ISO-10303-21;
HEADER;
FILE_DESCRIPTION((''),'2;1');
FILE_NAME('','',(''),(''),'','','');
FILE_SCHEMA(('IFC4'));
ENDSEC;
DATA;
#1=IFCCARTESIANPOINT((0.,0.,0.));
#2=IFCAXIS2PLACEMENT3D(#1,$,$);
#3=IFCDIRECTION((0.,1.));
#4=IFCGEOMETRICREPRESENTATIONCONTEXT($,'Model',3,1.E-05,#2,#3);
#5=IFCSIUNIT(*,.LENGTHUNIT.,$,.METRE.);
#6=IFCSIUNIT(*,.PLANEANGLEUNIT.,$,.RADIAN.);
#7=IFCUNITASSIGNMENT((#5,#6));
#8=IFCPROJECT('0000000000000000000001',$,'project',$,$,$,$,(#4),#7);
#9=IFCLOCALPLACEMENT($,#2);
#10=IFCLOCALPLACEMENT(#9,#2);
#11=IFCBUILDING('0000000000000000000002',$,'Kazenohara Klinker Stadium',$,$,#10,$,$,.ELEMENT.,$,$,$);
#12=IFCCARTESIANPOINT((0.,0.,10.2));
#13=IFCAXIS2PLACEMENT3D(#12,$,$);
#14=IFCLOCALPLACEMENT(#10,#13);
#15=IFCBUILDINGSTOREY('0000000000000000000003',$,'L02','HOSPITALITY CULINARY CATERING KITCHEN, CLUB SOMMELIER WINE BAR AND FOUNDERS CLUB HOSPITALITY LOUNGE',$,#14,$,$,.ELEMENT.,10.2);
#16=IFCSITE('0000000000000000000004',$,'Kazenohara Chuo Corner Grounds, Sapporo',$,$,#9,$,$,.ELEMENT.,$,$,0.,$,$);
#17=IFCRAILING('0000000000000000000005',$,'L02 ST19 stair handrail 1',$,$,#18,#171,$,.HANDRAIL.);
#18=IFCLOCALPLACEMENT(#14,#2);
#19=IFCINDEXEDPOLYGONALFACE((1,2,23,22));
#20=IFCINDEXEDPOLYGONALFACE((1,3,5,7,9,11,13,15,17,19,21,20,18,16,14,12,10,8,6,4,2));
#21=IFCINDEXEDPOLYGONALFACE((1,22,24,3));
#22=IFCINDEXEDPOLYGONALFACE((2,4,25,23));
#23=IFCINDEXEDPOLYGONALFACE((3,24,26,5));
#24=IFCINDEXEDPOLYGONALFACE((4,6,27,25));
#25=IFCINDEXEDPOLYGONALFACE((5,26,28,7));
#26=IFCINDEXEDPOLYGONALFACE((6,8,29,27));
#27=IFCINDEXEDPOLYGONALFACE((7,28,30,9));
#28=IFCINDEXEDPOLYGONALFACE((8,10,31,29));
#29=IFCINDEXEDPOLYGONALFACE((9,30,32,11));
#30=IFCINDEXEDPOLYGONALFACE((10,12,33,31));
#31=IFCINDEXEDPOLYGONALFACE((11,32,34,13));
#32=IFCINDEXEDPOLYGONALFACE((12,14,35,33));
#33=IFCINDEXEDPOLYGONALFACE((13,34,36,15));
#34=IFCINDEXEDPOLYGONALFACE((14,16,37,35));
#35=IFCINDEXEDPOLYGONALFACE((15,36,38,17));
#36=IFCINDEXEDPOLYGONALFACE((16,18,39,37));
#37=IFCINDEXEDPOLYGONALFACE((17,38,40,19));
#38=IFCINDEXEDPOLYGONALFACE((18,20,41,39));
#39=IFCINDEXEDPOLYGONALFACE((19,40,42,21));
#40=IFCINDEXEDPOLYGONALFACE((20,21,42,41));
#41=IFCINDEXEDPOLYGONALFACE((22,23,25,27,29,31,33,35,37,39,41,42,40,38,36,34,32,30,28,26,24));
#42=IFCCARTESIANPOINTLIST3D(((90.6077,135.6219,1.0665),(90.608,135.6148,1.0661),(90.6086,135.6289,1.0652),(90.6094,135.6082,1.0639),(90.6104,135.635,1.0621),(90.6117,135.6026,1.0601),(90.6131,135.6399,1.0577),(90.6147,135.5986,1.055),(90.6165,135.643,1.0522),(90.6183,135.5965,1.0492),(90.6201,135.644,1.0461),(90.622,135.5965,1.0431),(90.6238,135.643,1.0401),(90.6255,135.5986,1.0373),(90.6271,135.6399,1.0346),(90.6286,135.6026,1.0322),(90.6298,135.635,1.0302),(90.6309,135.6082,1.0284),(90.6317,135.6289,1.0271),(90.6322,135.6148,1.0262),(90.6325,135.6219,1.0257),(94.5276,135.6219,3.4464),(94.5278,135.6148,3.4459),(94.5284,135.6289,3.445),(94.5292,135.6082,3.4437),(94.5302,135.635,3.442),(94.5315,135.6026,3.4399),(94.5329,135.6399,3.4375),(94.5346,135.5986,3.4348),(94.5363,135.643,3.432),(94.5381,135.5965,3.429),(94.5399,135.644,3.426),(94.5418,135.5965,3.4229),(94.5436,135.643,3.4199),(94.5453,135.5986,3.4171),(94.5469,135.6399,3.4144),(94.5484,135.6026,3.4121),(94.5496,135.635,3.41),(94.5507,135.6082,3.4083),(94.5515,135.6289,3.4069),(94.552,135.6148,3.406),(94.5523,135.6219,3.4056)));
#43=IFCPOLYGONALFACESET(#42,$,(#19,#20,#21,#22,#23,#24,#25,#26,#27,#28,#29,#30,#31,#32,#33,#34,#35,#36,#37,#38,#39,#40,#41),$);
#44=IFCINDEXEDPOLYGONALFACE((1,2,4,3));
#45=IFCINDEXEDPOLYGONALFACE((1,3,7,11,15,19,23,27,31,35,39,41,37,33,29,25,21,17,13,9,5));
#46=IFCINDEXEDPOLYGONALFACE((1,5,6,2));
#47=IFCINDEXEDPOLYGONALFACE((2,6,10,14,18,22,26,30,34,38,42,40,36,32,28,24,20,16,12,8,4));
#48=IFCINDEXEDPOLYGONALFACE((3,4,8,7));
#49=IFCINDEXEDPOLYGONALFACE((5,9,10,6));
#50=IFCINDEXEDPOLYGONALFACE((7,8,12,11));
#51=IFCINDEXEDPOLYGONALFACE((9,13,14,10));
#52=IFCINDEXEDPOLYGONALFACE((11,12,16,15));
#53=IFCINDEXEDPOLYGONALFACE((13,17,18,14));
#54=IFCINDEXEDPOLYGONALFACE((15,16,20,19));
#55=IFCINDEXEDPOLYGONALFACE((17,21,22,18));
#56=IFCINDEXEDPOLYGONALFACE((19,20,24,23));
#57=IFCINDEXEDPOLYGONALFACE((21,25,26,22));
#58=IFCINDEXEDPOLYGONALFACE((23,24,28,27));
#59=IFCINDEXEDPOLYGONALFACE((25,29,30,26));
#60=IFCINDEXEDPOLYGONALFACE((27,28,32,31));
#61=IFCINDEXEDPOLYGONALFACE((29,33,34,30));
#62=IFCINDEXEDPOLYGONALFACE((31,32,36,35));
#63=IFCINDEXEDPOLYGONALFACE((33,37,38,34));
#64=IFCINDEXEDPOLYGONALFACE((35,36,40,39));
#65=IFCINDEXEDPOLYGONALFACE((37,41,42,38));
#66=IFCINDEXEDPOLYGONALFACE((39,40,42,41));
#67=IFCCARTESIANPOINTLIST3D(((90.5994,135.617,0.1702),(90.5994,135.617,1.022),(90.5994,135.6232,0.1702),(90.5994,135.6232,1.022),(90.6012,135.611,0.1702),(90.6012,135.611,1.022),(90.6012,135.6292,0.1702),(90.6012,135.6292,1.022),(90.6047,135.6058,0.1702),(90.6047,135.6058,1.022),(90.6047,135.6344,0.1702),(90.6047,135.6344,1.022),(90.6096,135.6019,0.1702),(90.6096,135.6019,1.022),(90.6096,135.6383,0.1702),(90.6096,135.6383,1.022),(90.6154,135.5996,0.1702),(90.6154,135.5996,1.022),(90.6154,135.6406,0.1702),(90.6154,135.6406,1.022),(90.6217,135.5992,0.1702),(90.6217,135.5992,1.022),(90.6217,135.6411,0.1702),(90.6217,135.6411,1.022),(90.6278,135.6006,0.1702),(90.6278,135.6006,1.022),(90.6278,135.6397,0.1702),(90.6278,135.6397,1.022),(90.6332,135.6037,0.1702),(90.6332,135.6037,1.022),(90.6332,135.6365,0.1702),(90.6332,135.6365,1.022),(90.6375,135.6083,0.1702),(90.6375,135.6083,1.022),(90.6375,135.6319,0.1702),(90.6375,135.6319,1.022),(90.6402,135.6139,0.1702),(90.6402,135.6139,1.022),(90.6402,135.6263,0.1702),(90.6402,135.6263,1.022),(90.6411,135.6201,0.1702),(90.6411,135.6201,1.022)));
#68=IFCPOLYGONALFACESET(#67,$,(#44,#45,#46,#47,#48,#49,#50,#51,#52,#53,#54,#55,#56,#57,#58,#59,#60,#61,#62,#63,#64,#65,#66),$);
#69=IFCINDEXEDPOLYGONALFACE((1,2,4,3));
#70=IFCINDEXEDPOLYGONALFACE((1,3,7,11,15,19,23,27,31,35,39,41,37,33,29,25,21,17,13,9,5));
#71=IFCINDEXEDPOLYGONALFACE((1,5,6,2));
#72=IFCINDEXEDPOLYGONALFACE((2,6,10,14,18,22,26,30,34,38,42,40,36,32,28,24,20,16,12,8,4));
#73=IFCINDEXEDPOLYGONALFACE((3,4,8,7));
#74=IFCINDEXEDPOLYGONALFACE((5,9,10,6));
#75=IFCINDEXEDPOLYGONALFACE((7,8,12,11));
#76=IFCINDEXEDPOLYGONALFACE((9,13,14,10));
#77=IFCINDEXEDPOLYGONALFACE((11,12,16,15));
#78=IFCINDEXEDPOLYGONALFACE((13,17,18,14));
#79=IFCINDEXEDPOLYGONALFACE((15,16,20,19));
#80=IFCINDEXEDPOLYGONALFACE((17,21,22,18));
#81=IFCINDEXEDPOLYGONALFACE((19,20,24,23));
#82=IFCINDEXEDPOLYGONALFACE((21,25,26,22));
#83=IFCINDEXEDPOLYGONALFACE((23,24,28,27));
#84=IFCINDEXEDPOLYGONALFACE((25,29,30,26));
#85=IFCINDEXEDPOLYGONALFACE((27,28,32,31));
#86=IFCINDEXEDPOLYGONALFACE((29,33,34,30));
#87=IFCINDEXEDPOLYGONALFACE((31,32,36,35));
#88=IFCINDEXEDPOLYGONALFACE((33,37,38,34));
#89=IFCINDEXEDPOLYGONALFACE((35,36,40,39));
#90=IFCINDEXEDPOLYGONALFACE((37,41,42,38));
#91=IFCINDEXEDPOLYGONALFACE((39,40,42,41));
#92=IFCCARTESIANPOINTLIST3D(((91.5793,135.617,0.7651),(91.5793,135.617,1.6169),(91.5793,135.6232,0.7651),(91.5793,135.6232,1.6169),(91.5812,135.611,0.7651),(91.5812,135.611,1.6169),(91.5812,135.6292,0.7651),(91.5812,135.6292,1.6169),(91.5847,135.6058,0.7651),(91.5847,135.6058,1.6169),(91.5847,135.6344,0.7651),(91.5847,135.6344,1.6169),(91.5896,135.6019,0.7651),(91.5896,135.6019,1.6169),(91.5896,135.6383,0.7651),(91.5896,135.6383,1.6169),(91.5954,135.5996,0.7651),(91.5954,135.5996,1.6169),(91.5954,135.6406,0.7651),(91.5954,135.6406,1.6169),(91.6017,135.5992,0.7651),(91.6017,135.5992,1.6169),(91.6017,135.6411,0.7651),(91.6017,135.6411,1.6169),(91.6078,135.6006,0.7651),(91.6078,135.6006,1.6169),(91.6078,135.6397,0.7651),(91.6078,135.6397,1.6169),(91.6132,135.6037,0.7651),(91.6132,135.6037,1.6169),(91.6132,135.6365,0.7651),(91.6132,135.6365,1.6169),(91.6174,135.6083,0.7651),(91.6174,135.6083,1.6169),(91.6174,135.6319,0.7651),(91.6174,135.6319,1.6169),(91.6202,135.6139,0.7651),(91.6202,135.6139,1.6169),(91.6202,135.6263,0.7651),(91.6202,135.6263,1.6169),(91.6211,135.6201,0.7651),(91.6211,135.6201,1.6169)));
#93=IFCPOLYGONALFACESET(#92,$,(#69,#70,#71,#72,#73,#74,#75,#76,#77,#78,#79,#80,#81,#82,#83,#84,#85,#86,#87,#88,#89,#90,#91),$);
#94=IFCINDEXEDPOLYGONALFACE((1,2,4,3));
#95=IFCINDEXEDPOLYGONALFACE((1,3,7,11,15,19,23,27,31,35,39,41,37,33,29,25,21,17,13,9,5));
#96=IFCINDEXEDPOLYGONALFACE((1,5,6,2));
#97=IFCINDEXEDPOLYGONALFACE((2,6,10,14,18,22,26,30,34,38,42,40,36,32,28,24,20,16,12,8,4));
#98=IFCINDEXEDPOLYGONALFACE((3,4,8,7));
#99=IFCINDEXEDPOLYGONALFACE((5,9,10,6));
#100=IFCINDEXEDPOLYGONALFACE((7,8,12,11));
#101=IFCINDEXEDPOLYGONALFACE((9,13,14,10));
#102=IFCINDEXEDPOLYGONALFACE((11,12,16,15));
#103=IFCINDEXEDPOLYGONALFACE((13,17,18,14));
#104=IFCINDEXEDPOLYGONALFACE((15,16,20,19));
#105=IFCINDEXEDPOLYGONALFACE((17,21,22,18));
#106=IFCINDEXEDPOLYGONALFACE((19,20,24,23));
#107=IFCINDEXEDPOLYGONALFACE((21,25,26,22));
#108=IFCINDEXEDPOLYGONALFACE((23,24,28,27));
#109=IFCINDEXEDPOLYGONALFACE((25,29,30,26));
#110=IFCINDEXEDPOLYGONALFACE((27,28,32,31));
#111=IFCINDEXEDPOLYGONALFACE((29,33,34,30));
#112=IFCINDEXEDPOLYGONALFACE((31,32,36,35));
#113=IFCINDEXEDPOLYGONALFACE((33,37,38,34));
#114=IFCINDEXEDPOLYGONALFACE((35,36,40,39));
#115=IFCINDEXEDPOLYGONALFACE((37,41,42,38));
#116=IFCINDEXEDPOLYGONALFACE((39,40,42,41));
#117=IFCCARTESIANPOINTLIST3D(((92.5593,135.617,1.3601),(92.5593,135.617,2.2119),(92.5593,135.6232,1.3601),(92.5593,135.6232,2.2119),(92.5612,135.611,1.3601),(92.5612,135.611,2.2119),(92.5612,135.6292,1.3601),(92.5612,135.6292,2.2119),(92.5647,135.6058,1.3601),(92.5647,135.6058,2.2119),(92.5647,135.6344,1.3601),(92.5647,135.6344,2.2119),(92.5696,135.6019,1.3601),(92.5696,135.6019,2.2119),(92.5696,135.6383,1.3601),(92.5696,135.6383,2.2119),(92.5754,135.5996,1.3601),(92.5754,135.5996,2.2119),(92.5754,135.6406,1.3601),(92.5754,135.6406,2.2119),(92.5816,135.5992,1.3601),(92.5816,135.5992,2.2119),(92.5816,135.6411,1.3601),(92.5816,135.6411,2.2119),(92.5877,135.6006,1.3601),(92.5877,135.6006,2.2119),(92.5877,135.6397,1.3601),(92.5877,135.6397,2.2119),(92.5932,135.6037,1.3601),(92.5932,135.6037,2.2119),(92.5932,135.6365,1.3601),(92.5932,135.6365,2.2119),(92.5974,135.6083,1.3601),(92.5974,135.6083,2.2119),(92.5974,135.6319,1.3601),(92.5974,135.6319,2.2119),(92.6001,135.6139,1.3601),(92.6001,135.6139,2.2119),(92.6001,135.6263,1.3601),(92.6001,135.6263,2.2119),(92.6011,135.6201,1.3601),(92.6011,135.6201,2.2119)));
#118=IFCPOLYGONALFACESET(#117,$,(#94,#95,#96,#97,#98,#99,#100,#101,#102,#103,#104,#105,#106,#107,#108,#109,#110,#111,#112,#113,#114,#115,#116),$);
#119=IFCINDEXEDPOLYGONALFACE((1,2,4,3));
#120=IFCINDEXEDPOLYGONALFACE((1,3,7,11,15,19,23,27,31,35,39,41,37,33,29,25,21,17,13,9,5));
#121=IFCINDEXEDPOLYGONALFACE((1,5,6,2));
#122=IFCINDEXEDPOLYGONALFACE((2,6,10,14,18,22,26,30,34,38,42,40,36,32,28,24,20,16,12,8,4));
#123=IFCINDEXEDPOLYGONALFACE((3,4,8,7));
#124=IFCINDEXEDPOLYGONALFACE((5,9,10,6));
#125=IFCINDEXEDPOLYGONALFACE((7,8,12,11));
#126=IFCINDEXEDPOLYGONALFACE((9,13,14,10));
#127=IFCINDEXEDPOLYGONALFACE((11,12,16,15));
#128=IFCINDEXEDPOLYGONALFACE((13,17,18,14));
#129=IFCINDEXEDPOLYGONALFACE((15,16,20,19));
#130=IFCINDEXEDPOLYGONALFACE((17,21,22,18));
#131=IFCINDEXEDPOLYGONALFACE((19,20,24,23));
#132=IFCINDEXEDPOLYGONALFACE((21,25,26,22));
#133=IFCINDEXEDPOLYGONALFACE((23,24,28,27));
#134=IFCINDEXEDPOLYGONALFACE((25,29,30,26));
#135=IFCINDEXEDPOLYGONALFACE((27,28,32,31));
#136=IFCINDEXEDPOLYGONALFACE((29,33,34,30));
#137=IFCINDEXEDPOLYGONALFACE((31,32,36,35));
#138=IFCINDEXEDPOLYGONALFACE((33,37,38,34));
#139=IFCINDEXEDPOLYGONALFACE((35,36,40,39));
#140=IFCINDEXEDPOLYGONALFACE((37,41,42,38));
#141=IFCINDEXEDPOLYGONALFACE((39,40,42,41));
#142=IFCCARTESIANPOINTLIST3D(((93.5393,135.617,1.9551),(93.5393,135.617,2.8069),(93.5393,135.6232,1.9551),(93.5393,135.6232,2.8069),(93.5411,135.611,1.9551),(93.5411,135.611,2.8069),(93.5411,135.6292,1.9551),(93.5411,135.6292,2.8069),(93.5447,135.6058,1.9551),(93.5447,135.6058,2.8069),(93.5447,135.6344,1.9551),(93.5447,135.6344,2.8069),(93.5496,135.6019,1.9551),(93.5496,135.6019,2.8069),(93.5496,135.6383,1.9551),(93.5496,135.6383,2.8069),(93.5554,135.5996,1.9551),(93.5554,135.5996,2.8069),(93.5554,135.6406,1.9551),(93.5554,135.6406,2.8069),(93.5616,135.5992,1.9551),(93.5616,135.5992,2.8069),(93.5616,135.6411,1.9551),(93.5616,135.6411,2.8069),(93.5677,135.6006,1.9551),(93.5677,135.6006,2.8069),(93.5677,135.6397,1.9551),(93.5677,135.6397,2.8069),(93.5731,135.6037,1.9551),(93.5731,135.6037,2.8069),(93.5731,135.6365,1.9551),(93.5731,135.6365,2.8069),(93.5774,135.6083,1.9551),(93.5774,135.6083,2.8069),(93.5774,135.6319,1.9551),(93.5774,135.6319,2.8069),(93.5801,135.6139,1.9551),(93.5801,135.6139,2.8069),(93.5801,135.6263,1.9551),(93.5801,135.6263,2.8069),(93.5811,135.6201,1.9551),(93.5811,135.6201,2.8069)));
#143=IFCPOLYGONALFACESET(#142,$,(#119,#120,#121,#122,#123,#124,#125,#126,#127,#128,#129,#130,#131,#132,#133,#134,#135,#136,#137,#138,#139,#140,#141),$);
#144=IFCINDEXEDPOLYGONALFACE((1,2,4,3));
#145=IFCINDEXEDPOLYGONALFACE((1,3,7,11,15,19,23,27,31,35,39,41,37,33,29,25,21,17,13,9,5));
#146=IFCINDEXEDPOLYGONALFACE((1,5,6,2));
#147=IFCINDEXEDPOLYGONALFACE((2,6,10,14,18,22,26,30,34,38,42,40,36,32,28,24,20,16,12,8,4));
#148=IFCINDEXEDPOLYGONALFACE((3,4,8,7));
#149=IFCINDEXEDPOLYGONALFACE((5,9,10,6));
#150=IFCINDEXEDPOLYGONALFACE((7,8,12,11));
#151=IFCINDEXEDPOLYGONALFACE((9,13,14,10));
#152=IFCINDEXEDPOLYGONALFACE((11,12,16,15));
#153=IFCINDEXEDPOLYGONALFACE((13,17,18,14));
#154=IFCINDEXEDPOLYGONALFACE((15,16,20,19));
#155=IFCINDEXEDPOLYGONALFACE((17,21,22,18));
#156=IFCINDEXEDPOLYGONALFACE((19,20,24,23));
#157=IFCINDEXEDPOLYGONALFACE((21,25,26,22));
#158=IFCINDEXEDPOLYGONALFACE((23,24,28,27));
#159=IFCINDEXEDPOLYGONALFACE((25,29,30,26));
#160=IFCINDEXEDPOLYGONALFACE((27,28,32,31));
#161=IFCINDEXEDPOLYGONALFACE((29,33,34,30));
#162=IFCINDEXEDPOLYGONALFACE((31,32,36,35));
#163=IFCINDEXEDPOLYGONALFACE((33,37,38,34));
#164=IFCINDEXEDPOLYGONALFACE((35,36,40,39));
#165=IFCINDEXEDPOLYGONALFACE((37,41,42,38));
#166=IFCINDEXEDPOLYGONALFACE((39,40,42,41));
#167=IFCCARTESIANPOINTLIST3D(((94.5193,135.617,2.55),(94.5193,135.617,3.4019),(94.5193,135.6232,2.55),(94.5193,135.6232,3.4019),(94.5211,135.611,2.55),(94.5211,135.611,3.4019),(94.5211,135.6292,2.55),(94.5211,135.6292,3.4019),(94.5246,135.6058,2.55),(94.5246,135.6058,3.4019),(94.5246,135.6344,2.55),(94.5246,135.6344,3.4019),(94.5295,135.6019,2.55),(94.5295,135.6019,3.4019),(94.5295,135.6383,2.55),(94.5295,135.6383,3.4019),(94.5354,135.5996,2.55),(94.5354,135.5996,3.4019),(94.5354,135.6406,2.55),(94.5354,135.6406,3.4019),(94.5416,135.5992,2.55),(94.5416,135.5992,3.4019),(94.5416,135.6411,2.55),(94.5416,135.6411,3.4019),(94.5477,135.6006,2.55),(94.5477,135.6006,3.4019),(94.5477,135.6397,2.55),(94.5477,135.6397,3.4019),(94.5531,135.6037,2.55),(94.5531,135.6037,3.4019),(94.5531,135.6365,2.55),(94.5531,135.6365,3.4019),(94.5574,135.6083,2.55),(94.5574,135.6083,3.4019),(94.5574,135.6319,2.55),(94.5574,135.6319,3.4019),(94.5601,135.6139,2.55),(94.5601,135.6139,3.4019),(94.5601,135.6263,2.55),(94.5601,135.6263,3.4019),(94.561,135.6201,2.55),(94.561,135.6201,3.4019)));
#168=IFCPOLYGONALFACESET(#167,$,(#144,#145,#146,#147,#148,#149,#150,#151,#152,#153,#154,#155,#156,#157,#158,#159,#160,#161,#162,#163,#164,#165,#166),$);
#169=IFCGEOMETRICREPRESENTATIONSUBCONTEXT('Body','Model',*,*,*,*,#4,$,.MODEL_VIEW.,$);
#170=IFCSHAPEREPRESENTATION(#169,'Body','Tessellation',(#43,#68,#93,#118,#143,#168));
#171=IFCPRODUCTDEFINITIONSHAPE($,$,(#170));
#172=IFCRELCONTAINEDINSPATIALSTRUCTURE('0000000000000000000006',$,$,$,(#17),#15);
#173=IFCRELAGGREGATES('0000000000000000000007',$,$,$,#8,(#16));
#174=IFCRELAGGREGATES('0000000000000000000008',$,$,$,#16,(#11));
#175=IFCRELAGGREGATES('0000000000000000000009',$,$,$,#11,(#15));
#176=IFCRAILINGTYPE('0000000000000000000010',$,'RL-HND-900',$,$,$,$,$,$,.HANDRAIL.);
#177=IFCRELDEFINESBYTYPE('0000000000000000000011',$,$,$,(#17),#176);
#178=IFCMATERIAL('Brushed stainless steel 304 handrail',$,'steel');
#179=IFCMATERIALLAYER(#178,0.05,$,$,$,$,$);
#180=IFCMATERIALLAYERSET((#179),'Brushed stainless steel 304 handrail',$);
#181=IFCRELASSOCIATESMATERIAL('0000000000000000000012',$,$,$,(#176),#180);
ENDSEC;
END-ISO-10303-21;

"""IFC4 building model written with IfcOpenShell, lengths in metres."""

from ifc_helpers import new_model, si_unit, direction, frame, origin, origin_2d, place, context, subcontext, project, spatial, circle, extrude, material, layer, layer_set, type_object, element, save


model = new_model("IFC4")

# Units and contexts
model_context = context("Model", 3, precision=1e-05, world=origin(), true_north=direction((0.0, 1.0)))
body_context = subcontext(model_context, "Body", "Model", "MODEL_VIEW")
ifc_project = project(units=[si_unit("LENGTHUNIT", "METRE"), si_unit("PLANEANGLEUNIT", "RADIAN")], contexts=[model_context])

# Site, building, storey
site_placement = place(None, origin())
site = spatial("IfcSite", under=ifc_project, at=site_placement, Name="Kazenohara Chuo Corner Grounds, Sapporo", CompositionType="ELEMENT", RefElevation=0.0)
building_placement = place(site_placement, origin())
building = spatial("IfcBuilding", under=site, at=building_placement, Name="Kazenohara Klinker Stadium", CompositionType="ELEMENT")
storey_placement = place(building_placement, frame((0.0, 0.0, 10.2)))
storey = spatial("IfcBuildingStorey", under=building, at=storey_placement, Name="L02", Description="HOSPITALITY CULINARY CATERING KITCHEN, CLUB SOMMELIER WINE BAR AND FOUNDERS CLUB HOSPITALITY LOUNGE", CompositionType="ELEMENT", Elevation=10.2)

# Railing
ifc_material_1 = material(Name="Brushed stainless steel 304 handrail", Category="steel")
ifc_layer_1 = layer(ifc_material_1, 0.05)
ifc_layer_set_1 = layer_set([ifc_layer_1], Name="Brushed stainless steel 304 handrail")
railing_type_1 = type_object("IfcRailingType", Name="RL-HND-900", PredefinedType="HANDRAIL", material=ifc_layer_set_1)
railing_1_placement = place(storey_placement, frame((90.6201, 135.6201, 0.1702)))
element("IfcRailing", 1, at=railing_1_placement, inside=storey, type_object=railing_type_1, Name="L02 ST19 stair handrail 1", PredefinedType="HANDRAIL", context=body_context, shape_type="SweptSolid", body=[
    extrude(circle(Radius=0.0239, at=origin_2d()), frame((0.0, 0.0, 0.876), z_axis=(0.854794, 0.0, 0.518967), x_axis=(0.0, 1.0, 0.0)), (0.0, 0.0, 1.0), 4.5857),
    extrude(circle(Radius=0.021, at=origin_2d()), origin(), (0.0, 0.0, 1.0), 0.8518),
    extrude(circle(Radius=0.021, at=origin_2d()), frame((0.98, 0.0, 0.595)), (0.0, 0.0, 1.0), 0.8518),
    extrude(circle(Radius=0.021, at=origin_2d()), frame((1.96, 0.0, 1.1899)), (0.0, 0.0, 1.0), 0.8518),
    extrude(circle(Radius=0.021, at=origin_2d()), frame((2.9399, 0.0, 1.7849)), (0.0, 0.0, 1.0), 0.8518),
    extrude(circle(Radius=0.021, at=origin_2d()), frame((3.9199, 0.0, 2.3799)), (0.0, 0.0, 1.0), 0.8518),
])

save(model, "model.ifc")
